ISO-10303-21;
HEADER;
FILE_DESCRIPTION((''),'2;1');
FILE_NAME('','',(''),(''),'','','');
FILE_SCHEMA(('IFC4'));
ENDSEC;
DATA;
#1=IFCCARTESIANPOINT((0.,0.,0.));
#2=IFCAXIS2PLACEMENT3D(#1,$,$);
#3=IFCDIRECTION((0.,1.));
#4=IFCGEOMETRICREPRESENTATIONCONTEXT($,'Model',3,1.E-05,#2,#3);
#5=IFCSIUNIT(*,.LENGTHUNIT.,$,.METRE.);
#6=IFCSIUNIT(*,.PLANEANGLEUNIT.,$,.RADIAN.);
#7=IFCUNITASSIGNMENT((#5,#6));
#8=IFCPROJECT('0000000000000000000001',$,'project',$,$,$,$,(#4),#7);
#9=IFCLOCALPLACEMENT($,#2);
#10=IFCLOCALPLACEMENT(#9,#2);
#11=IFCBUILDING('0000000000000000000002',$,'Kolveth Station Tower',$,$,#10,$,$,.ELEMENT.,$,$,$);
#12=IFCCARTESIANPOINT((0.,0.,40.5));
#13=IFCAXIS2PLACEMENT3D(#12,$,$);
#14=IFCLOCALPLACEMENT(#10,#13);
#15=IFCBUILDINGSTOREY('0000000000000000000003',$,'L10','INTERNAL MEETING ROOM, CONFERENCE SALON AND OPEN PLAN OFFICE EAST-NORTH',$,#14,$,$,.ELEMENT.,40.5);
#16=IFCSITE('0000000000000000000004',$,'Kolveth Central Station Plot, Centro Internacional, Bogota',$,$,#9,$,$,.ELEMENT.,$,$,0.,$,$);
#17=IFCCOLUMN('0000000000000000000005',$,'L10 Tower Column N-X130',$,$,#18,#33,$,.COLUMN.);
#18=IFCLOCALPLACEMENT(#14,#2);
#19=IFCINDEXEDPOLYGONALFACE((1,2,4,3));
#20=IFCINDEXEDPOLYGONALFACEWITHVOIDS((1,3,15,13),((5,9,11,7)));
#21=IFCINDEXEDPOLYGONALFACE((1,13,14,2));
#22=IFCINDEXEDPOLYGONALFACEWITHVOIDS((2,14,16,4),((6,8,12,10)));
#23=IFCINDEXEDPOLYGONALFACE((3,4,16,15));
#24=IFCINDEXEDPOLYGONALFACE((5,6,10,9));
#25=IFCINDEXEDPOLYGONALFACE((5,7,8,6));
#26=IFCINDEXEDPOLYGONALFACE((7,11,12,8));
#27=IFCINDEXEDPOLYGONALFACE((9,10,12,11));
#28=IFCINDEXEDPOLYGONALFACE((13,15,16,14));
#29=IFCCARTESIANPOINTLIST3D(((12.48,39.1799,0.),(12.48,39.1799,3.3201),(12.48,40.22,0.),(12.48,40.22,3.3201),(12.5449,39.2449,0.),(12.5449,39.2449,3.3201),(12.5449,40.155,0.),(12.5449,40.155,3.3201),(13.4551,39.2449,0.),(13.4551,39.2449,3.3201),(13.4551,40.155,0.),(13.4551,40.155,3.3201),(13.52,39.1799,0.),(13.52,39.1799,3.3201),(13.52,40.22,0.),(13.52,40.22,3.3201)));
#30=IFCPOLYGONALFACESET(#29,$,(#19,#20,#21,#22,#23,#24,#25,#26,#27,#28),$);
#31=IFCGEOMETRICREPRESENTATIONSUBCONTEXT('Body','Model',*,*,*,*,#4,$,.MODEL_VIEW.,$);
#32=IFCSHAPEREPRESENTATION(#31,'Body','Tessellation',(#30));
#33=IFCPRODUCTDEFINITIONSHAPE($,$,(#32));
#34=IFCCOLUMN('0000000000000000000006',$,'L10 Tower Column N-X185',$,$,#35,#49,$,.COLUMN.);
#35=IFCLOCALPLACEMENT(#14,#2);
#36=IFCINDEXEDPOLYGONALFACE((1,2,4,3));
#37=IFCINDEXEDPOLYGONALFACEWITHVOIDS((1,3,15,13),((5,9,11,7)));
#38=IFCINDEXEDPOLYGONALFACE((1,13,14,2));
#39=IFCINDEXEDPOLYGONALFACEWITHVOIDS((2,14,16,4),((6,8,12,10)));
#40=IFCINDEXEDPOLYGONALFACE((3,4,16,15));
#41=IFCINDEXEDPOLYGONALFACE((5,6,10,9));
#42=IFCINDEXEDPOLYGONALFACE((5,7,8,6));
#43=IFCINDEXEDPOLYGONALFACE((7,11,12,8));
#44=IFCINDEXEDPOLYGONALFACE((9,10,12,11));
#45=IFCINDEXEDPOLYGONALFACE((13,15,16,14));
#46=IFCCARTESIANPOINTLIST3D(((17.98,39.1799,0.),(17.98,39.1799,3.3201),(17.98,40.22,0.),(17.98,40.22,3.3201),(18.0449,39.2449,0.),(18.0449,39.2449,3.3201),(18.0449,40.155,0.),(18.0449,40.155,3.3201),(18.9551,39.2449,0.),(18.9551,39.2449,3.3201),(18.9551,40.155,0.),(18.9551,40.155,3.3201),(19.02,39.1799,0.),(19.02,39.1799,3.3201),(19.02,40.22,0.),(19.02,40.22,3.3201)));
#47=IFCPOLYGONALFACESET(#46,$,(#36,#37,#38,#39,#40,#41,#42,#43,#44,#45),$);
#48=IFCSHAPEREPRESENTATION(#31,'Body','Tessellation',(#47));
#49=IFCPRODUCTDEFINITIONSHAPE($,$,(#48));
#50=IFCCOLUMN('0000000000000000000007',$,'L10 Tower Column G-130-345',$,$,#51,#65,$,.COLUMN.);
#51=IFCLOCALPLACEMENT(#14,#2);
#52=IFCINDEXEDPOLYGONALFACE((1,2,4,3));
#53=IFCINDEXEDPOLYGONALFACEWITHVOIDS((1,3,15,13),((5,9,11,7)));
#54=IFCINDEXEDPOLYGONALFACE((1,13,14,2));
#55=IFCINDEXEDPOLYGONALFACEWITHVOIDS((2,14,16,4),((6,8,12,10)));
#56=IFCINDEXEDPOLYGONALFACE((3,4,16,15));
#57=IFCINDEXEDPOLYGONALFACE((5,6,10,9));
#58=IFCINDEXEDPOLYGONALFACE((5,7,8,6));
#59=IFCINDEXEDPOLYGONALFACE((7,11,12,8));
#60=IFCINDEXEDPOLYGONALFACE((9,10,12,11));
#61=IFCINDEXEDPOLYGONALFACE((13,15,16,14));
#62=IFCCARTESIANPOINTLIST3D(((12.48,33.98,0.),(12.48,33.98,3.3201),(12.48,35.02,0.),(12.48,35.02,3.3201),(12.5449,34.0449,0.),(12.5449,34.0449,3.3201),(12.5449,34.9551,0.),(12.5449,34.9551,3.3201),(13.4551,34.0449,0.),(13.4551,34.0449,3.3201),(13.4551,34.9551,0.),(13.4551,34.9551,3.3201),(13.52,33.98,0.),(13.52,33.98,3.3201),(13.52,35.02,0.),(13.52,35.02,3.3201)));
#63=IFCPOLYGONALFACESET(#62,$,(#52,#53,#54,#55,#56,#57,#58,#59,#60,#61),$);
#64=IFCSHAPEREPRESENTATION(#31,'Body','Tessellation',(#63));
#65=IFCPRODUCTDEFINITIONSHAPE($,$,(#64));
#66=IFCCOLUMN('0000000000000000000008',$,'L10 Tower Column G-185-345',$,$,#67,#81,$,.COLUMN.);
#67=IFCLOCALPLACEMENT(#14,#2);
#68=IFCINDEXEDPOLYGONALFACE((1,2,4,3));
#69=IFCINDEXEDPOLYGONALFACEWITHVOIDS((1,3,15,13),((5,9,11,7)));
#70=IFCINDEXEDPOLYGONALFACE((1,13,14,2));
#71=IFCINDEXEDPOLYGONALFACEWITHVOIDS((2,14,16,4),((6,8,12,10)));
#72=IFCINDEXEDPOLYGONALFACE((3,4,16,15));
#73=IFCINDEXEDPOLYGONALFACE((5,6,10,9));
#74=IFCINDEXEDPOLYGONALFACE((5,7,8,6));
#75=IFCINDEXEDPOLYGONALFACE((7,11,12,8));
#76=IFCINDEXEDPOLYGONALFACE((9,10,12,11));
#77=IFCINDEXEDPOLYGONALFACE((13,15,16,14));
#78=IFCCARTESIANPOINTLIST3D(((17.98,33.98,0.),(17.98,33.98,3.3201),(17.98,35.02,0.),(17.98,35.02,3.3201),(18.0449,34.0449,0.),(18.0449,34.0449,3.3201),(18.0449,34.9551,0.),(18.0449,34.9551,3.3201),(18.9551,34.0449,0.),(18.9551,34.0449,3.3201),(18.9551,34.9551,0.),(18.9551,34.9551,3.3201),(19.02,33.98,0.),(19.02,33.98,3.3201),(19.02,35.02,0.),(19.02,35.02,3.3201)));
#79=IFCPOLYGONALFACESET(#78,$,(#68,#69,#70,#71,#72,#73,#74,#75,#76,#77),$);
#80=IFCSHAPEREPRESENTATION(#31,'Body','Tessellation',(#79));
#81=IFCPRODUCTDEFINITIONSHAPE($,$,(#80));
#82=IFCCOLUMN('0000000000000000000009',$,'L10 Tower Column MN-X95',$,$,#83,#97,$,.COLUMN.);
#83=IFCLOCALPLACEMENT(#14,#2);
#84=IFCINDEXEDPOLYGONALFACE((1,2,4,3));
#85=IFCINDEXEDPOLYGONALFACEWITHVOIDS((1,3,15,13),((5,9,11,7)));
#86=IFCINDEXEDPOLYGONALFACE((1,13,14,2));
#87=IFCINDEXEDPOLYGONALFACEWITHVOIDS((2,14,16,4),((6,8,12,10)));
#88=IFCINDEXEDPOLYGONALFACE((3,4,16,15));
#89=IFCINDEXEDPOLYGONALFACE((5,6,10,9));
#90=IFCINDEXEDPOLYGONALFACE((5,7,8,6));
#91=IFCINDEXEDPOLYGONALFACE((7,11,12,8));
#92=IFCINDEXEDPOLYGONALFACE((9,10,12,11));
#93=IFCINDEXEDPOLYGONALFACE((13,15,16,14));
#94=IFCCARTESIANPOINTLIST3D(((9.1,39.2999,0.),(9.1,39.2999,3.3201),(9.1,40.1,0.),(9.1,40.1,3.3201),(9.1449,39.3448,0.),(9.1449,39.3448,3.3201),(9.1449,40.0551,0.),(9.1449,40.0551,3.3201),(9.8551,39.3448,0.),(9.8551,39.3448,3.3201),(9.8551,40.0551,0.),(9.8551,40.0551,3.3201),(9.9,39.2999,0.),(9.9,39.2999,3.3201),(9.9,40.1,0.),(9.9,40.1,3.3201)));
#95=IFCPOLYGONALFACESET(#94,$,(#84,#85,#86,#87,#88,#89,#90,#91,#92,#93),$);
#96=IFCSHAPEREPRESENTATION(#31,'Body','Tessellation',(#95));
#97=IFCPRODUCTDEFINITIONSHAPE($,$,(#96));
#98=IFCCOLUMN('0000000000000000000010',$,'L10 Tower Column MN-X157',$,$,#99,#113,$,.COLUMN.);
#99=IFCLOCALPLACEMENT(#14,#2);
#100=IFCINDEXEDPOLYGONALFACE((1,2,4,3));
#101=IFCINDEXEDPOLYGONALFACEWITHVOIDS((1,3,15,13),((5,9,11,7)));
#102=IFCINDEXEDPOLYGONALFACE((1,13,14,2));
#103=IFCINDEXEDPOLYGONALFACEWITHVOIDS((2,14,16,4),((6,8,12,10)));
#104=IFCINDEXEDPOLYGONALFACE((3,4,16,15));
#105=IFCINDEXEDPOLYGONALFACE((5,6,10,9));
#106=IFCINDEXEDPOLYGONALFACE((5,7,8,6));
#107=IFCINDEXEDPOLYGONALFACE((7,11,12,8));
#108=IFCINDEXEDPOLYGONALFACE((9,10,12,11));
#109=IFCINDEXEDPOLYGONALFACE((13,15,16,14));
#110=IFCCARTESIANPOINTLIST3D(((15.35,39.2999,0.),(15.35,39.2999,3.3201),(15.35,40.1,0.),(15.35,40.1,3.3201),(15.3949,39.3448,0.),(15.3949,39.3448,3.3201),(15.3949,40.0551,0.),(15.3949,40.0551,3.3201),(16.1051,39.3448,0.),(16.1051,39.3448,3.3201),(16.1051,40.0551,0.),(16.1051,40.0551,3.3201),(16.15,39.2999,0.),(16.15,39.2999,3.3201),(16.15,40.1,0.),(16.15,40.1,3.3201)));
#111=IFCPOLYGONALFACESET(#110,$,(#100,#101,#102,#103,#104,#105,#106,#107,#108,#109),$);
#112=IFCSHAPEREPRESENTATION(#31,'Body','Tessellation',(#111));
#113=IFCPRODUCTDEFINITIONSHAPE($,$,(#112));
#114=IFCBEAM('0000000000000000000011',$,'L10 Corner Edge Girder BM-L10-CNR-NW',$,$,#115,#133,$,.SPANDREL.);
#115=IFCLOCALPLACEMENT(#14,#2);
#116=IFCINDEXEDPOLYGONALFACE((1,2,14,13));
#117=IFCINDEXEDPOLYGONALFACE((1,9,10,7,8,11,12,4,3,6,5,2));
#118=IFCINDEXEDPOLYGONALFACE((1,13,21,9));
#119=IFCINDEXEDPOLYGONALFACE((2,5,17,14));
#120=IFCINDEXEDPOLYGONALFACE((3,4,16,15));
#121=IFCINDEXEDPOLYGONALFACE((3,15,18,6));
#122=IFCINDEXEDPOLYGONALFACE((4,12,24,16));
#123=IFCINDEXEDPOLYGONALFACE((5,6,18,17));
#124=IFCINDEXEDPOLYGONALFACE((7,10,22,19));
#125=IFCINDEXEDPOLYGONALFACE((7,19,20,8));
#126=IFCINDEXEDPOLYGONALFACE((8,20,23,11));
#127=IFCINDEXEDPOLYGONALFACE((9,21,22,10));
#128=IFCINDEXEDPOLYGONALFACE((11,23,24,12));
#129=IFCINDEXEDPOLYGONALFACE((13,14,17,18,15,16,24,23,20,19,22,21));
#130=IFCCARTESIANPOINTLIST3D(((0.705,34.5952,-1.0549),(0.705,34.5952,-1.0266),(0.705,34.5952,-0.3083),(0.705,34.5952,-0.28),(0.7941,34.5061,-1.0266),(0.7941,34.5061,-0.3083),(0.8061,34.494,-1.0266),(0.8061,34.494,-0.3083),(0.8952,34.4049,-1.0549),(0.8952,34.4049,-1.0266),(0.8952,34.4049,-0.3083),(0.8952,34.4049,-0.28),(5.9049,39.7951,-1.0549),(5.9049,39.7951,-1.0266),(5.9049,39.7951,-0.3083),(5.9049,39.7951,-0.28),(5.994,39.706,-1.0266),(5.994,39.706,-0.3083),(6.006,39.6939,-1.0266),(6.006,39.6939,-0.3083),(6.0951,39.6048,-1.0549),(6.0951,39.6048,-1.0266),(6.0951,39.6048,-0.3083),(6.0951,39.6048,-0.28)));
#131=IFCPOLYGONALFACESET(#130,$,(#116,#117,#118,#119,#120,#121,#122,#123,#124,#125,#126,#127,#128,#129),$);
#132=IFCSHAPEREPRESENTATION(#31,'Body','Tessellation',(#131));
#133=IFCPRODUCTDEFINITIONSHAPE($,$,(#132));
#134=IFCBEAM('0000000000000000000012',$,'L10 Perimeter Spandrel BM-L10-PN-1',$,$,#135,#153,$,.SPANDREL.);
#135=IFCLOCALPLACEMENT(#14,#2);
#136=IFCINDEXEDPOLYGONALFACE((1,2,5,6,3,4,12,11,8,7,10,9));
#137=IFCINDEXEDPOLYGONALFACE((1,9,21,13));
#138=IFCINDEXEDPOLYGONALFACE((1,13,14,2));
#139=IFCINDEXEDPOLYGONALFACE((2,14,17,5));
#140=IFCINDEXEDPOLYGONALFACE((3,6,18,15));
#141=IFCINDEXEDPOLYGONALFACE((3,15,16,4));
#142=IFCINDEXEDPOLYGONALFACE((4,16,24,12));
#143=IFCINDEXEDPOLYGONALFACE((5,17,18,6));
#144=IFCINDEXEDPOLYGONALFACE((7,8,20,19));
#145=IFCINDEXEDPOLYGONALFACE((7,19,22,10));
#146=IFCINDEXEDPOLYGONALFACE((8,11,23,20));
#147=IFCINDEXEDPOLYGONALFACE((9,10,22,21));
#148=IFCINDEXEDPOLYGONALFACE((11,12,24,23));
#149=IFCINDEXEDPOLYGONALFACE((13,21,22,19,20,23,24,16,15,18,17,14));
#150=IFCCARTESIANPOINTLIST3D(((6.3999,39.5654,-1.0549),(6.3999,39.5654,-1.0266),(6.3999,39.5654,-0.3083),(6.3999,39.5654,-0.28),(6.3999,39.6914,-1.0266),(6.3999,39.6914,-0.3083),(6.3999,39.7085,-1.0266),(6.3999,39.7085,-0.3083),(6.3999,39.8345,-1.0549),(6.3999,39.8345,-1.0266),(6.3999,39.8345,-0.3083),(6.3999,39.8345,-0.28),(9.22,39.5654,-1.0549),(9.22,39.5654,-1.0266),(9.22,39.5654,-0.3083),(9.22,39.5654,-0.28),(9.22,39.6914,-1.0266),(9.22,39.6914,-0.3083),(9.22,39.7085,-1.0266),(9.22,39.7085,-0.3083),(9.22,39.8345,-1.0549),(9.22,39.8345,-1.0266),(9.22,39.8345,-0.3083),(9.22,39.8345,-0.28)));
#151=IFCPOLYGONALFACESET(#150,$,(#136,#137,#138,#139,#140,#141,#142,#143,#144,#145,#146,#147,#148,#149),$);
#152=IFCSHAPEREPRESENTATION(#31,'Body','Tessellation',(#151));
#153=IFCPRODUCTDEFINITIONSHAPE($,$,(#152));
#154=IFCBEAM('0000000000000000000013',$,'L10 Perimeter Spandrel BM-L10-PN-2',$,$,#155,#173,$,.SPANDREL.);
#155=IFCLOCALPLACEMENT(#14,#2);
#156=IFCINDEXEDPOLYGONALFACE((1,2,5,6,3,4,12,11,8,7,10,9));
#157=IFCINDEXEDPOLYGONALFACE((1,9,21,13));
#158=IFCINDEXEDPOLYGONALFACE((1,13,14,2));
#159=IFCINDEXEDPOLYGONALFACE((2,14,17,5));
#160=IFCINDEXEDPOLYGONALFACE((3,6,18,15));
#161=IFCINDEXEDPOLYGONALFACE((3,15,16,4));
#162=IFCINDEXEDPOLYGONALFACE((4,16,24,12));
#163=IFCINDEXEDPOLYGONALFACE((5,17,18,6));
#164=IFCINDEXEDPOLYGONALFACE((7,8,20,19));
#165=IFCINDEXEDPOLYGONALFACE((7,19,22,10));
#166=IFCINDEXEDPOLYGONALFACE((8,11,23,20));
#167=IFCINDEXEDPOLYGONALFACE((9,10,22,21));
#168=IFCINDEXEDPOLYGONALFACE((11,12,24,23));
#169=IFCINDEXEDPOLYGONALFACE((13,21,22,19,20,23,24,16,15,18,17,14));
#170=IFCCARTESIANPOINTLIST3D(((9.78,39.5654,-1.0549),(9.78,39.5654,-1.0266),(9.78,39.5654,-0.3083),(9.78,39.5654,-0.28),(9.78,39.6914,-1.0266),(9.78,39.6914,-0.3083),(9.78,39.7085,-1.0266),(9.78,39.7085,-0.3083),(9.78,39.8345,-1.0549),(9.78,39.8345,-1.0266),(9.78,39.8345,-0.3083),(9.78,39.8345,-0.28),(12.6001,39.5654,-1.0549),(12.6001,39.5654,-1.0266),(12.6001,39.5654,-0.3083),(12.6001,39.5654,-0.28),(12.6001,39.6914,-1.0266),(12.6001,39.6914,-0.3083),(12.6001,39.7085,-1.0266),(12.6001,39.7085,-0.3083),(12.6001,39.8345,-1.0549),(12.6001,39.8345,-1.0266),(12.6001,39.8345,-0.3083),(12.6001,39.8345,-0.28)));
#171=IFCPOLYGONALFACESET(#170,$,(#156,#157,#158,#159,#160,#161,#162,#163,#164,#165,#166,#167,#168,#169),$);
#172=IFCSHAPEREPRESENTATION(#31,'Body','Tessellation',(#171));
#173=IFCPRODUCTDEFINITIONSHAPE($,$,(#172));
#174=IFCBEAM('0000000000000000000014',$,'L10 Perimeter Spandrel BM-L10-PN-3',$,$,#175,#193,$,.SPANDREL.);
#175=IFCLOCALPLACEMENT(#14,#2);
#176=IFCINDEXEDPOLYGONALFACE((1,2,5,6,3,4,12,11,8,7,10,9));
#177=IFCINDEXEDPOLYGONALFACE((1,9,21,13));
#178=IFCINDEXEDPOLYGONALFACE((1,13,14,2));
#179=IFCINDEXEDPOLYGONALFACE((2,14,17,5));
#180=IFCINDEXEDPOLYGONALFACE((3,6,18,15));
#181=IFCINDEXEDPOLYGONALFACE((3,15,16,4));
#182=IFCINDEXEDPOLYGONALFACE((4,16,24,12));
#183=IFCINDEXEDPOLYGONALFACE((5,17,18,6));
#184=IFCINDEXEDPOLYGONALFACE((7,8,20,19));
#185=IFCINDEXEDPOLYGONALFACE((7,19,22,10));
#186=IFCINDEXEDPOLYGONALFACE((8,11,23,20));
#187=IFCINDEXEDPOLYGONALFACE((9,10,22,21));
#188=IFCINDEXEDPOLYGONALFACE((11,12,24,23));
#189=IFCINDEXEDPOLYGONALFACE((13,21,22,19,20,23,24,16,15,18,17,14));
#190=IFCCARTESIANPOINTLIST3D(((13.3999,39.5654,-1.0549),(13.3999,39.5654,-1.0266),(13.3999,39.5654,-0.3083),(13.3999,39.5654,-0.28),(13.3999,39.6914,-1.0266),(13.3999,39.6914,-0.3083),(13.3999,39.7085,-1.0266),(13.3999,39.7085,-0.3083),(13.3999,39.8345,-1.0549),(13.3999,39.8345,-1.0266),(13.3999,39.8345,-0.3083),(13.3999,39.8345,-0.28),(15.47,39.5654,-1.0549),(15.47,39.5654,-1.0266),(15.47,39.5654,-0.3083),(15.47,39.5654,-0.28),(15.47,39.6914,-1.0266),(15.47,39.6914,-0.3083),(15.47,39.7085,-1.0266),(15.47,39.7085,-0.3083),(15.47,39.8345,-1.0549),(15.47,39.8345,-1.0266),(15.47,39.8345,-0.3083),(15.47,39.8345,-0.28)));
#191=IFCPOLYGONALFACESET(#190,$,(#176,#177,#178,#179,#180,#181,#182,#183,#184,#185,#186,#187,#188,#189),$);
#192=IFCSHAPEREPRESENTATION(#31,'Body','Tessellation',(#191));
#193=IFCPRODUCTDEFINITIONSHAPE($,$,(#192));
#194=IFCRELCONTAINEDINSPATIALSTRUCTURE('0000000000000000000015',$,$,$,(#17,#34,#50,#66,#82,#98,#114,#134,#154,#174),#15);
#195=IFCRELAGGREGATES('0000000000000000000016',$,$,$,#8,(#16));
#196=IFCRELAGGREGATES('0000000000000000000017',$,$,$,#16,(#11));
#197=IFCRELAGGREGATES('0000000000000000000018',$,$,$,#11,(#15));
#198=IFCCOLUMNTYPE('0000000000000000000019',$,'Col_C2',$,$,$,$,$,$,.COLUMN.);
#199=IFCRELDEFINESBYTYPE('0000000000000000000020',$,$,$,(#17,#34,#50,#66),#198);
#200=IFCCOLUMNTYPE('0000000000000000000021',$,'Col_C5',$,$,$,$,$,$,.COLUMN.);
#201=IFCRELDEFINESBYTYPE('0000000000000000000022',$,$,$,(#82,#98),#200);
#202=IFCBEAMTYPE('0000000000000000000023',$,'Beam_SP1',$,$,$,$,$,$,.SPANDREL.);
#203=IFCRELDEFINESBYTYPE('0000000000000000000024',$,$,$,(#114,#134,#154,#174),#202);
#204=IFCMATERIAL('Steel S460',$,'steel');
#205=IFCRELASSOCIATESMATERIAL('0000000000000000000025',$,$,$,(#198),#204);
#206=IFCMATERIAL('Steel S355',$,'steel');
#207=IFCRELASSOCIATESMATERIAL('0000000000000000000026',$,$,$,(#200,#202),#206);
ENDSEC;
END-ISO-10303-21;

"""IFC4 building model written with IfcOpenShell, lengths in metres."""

from ifc_helpers import new_model, si_unit, direction, frame, origin, origin_2d, place, context, subcontext, project, spatial, hollow_rectangle, i_section, extrude, source, transform, mapped, material, material_profile, profile_set, type_object, element, save


model = new_model("IFC4")

# Units and contexts
model_context = context("Model", 3, precision=1e-05, world=origin(), true_north=direction((0.0, 1.0)))
body_context = subcontext(model_context, "Body", "Model", "MODEL_VIEW")
ifc_project = project(units=[si_unit("LENGTHUNIT", "METRE"), si_unit("PLANEANGLEUNIT", "RADIAN")], contexts=[model_context])

# Site, building, storey
site_placement = place(None, origin())
site = spatial("IfcSite", under=ifc_project, at=site_placement, Name="Kolveth Central Station Plot, Centro Internacional, Bogota", CompositionType="ELEMENT", RefElevation=0.0)
building_placement = place(site_placement, origin())
building = spatial("IfcBuilding", under=site, at=building_placement, Name="Kolveth Station Tower", CompositionType="ELEMENT")
storey_placement = place(building_placement, frame((0.0, 0.0, 40.5)))
storey = spatial("IfcBuildingStorey", under=building, at=storey_placement, Name="L10", Description="INTERNAL MEETING ROOM, CONFERENCE SALON AND OPEN PLAN OFFICE EAST-NORTH", CompositionType="ELEMENT", Elevation=40.5)

# Columns
ifc_material_1 = material(Name="Steel S460", Category="steel")
ifc_material_profile_1 = material_profile(ifc_material_1, hollow_rectangle(XDim=1.04, YDim=1.04, WallThickness=0.0649, at=origin_2d()), Name="BOX1040x1040x65")
ifc_profile_set_1 = profile_set([ifc_material_profile_1], Name="Steel S460")
column_type_1 = type_object("IfcColumnType", Name="Col_C2", PredefinedType="COLUMN", material=ifc_profile_set_1)
shared_shape_1 = source(origin(), body_context, "Body", "SweptSolid", [
    extrude(hollow_rectangle(XDim=1.04, YDim=1.04, WallThickness=0.0649, at=origin_2d()), origin(), (0.0, 0.0, 1.0), 3.3201),
])
for number, where, z_axis, x_axis, name in (
    (1, (13.0, 39.7, 0.0), (0.0, 0.0, 1.0), (1.0, 0.0, 0.0), "L10 Tower Column N-X130"),
    (2, (18.5, 39.7, 0.0), (0.0, 0.0, 1.0), (1.0, 0.0, 0.0), "L10 Tower Column N-X185"),
    (3, (13.0, 34.5, 0.0), (0.0, 0.0, 1.0), (1.0, 0.0, 0.0), "L10 Tower Column G-130-345"),
    (4, (18.5, 34.5, 0.0), (0.0, 0.0, 1.0), (1.0, 0.0, 0.0), "L10 Tower Column G-185-345"),
):
    element("IfcColumn", number, at=place(storey_placement, frame(where, z_axis=z_axis, x_axis=x_axis)), inside=storey, type_object=column_type_1, Name=name, PredefinedType="COLUMN", context=body_context, shape_type="MappedRepresentation", body=[
        mapped(shared_shape_1, transform((0.0, 0.0, 0.0), x_axis=(1.0, 0.0, 0.0), y_axis=(0.0, 1.0, 0.0), z_axis=(0.0, 0.0, 1.0), scale=1.0)),
    ])
ifc_material_2 = material(Name="Steel S355", Category="steel")
ifc_material_profile_2 = material_profile(ifc_material_2, hollow_rectangle(XDim=0.8, YDim=0.8, WallThickness=0.0449, at=origin_2d()), Name="BOX800x800x45")
ifc_profile_set_2 = profile_set([ifc_material_profile_2], Name="Steel S355")
column_type_2 = type_object("IfcColumnType", Name="Col_C5", PredefinedType="COLUMN", material=ifc_profile_set_2)
shared_shape_2 = source(origin(), body_context, "Body", "SweptSolid", [
    extrude(hollow_rectangle(XDim=0.8, YDim=0.8, WallThickness=0.0449, at=origin_2d()), origin(), (0.0, 0.0, 1.0), 3.3201),
])
for number, where, z_axis, x_axis, name in (
    (5, (9.5, 39.7, 0.0), (0.0, 0.0, 1.0), (1.0, 0.0, 0.0), "L10 Tower Column MN-X95"),
    (6, (15.75, 39.7, 0.0), (0.0, 0.0, 1.0), (1.0, 0.0, 0.0), "L10 Tower Column MN-X157"),
):
    element("IfcColumn", number, at=place(storey_placement, frame(where, z_axis=z_axis, x_axis=x_axis)), inside=storey, type_object=column_type_2, Name=name, PredefinedType="COLUMN", context=body_context, shape_type="MappedRepresentation", body=[
        mapped(shared_shape_2, transform((0.0, 0.0, 0.0), x_axis=(1.0, 0.0, 0.0), y_axis=(0.0, 1.0, 0.0), z_axis=(0.0, 0.0, 1.0), scale=1.0)),
    ])

# Beams
ifc_material_profile_3 = material_profile(ifc_material_2, i_section(OverallWidth=0.269, OverallDepth=0.7749, WebThickness=0.0171, FlangeThickness=0.0283, at=origin_2d()), Name="W760x220")
ifc_profile_set_3 = profile_set([ifc_material_profile_3], Name="Steel S355")
beam_type_1 = type_object("IfcBeamType", Name="Beam_SP1", PredefinedType="SPANDREL", material=ifc_profile_set_3)
shared_shape_3 = source(origin(), body_context, "Body", "SweptSolid", [
    extrude(i_section(OverallWidth=0.269, OverallDepth=0.7749, WebThickness=0.0171, FlangeThickness=0.0283, at=origin_2d()), origin(), (0.0, 0.0, 1.0), 7.3538),
])
beam_1_placement = place(storey_placement, frame((6.0, 39.7, -0.6675), z_axis=(-0.707107, -0.707107, 0.0), x_axis=(0.707107, -0.707107, 0.0)))
element("IfcBeam", 7, at=beam_1_placement, inside=storey, type_object=beam_type_1, Name="L10 Corner Edge Girder BM-L10-CNR-NW", PredefinedType="SPANDREL", context=body_context, shape_type="MappedRepresentation", body=[
    mapped(shared_shape_3, transform((0.0, 0.0, 0.0), x_axis=(1.0, 0.0, 0.0), y_axis=(0.0, 1.0, 0.0), z_axis=(0.0, 0.0, 1.0), scale=1.0)),
])
shared_shape_4 = source(origin(), body_context, "Body", "SweptSolid", [
    extrude(i_section(OverallWidth=0.269, OverallDepth=0.7749, WebThickness=0.0171, FlangeThickness=0.0283, at=origin_2d()), origin(), (0.0, 0.0, 1.0), 2.8201),
])
for number, where, z_axis, x_axis, name in (
    (8, (6.3999, 39.7, -0.6675), (1.0, 0.0, 0.0), (0.0, 1.0, 0.0), "L10 Perimeter Spandrel BM-L10-PN-1"),
    (9, (9.78, 39.7, -0.6675), (1.0, 0.0, 0.0), (0.0, 1.0, 0.0), "L10 Perimeter Spandrel BM-L10-PN-2"),
):
    element("IfcBeam", number, at=place(storey_placement, frame(where, z_axis=z_axis, x_axis=x_axis)), inside=storey, type_object=beam_type_1, Name=name, PredefinedType="SPANDREL", context=body_context, shape_type="MappedRepresentation", body=[
        mapped(shared_shape_4, transform((0.0, 0.0, 0.0), x_axis=(1.0, 0.0, 0.0), y_axis=(0.0, 1.0, 0.0), z_axis=(0.0, 0.0, 1.0), scale=1.0)),
    ])
shared_shape_5 = source(origin(), body_context, "Body", "SweptSolid", [
    extrude(i_section(OverallWidth=0.269, OverallDepth=0.7749, WebThickness=0.0171, FlangeThickness=0.0283, at=origin_2d()), origin(), (0.0, 0.0, 1.0), 2.0701),
])
for number, where, z_axis, x_axis, name in (
    (10, (13.3999, 39.7, -0.6675), (1.0, 0.0, 0.0), (0.0, 1.0, 0.0), "L10 Perimeter Spandrel BM-L10-PN-3"),
):
    element("IfcBeam", number, at=place(storey_placement, frame(where, z_axis=z_axis, x_axis=x_axis)), inside=storey, type_object=beam_type_1, Name=name, PredefinedType="SPANDREL", context=body_context, shape_type="MappedRepresentation", body=[
        mapped(shared_shape_5, transform((0.0, 0.0, 0.0), x_axis=(1.0, 0.0, 0.0), y_axis=(0.0, 1.0, 0.0), z_axis=(0.0, 0.0, 1.0), scale=1.0)),
    ])

save(model, "model.ifc")
